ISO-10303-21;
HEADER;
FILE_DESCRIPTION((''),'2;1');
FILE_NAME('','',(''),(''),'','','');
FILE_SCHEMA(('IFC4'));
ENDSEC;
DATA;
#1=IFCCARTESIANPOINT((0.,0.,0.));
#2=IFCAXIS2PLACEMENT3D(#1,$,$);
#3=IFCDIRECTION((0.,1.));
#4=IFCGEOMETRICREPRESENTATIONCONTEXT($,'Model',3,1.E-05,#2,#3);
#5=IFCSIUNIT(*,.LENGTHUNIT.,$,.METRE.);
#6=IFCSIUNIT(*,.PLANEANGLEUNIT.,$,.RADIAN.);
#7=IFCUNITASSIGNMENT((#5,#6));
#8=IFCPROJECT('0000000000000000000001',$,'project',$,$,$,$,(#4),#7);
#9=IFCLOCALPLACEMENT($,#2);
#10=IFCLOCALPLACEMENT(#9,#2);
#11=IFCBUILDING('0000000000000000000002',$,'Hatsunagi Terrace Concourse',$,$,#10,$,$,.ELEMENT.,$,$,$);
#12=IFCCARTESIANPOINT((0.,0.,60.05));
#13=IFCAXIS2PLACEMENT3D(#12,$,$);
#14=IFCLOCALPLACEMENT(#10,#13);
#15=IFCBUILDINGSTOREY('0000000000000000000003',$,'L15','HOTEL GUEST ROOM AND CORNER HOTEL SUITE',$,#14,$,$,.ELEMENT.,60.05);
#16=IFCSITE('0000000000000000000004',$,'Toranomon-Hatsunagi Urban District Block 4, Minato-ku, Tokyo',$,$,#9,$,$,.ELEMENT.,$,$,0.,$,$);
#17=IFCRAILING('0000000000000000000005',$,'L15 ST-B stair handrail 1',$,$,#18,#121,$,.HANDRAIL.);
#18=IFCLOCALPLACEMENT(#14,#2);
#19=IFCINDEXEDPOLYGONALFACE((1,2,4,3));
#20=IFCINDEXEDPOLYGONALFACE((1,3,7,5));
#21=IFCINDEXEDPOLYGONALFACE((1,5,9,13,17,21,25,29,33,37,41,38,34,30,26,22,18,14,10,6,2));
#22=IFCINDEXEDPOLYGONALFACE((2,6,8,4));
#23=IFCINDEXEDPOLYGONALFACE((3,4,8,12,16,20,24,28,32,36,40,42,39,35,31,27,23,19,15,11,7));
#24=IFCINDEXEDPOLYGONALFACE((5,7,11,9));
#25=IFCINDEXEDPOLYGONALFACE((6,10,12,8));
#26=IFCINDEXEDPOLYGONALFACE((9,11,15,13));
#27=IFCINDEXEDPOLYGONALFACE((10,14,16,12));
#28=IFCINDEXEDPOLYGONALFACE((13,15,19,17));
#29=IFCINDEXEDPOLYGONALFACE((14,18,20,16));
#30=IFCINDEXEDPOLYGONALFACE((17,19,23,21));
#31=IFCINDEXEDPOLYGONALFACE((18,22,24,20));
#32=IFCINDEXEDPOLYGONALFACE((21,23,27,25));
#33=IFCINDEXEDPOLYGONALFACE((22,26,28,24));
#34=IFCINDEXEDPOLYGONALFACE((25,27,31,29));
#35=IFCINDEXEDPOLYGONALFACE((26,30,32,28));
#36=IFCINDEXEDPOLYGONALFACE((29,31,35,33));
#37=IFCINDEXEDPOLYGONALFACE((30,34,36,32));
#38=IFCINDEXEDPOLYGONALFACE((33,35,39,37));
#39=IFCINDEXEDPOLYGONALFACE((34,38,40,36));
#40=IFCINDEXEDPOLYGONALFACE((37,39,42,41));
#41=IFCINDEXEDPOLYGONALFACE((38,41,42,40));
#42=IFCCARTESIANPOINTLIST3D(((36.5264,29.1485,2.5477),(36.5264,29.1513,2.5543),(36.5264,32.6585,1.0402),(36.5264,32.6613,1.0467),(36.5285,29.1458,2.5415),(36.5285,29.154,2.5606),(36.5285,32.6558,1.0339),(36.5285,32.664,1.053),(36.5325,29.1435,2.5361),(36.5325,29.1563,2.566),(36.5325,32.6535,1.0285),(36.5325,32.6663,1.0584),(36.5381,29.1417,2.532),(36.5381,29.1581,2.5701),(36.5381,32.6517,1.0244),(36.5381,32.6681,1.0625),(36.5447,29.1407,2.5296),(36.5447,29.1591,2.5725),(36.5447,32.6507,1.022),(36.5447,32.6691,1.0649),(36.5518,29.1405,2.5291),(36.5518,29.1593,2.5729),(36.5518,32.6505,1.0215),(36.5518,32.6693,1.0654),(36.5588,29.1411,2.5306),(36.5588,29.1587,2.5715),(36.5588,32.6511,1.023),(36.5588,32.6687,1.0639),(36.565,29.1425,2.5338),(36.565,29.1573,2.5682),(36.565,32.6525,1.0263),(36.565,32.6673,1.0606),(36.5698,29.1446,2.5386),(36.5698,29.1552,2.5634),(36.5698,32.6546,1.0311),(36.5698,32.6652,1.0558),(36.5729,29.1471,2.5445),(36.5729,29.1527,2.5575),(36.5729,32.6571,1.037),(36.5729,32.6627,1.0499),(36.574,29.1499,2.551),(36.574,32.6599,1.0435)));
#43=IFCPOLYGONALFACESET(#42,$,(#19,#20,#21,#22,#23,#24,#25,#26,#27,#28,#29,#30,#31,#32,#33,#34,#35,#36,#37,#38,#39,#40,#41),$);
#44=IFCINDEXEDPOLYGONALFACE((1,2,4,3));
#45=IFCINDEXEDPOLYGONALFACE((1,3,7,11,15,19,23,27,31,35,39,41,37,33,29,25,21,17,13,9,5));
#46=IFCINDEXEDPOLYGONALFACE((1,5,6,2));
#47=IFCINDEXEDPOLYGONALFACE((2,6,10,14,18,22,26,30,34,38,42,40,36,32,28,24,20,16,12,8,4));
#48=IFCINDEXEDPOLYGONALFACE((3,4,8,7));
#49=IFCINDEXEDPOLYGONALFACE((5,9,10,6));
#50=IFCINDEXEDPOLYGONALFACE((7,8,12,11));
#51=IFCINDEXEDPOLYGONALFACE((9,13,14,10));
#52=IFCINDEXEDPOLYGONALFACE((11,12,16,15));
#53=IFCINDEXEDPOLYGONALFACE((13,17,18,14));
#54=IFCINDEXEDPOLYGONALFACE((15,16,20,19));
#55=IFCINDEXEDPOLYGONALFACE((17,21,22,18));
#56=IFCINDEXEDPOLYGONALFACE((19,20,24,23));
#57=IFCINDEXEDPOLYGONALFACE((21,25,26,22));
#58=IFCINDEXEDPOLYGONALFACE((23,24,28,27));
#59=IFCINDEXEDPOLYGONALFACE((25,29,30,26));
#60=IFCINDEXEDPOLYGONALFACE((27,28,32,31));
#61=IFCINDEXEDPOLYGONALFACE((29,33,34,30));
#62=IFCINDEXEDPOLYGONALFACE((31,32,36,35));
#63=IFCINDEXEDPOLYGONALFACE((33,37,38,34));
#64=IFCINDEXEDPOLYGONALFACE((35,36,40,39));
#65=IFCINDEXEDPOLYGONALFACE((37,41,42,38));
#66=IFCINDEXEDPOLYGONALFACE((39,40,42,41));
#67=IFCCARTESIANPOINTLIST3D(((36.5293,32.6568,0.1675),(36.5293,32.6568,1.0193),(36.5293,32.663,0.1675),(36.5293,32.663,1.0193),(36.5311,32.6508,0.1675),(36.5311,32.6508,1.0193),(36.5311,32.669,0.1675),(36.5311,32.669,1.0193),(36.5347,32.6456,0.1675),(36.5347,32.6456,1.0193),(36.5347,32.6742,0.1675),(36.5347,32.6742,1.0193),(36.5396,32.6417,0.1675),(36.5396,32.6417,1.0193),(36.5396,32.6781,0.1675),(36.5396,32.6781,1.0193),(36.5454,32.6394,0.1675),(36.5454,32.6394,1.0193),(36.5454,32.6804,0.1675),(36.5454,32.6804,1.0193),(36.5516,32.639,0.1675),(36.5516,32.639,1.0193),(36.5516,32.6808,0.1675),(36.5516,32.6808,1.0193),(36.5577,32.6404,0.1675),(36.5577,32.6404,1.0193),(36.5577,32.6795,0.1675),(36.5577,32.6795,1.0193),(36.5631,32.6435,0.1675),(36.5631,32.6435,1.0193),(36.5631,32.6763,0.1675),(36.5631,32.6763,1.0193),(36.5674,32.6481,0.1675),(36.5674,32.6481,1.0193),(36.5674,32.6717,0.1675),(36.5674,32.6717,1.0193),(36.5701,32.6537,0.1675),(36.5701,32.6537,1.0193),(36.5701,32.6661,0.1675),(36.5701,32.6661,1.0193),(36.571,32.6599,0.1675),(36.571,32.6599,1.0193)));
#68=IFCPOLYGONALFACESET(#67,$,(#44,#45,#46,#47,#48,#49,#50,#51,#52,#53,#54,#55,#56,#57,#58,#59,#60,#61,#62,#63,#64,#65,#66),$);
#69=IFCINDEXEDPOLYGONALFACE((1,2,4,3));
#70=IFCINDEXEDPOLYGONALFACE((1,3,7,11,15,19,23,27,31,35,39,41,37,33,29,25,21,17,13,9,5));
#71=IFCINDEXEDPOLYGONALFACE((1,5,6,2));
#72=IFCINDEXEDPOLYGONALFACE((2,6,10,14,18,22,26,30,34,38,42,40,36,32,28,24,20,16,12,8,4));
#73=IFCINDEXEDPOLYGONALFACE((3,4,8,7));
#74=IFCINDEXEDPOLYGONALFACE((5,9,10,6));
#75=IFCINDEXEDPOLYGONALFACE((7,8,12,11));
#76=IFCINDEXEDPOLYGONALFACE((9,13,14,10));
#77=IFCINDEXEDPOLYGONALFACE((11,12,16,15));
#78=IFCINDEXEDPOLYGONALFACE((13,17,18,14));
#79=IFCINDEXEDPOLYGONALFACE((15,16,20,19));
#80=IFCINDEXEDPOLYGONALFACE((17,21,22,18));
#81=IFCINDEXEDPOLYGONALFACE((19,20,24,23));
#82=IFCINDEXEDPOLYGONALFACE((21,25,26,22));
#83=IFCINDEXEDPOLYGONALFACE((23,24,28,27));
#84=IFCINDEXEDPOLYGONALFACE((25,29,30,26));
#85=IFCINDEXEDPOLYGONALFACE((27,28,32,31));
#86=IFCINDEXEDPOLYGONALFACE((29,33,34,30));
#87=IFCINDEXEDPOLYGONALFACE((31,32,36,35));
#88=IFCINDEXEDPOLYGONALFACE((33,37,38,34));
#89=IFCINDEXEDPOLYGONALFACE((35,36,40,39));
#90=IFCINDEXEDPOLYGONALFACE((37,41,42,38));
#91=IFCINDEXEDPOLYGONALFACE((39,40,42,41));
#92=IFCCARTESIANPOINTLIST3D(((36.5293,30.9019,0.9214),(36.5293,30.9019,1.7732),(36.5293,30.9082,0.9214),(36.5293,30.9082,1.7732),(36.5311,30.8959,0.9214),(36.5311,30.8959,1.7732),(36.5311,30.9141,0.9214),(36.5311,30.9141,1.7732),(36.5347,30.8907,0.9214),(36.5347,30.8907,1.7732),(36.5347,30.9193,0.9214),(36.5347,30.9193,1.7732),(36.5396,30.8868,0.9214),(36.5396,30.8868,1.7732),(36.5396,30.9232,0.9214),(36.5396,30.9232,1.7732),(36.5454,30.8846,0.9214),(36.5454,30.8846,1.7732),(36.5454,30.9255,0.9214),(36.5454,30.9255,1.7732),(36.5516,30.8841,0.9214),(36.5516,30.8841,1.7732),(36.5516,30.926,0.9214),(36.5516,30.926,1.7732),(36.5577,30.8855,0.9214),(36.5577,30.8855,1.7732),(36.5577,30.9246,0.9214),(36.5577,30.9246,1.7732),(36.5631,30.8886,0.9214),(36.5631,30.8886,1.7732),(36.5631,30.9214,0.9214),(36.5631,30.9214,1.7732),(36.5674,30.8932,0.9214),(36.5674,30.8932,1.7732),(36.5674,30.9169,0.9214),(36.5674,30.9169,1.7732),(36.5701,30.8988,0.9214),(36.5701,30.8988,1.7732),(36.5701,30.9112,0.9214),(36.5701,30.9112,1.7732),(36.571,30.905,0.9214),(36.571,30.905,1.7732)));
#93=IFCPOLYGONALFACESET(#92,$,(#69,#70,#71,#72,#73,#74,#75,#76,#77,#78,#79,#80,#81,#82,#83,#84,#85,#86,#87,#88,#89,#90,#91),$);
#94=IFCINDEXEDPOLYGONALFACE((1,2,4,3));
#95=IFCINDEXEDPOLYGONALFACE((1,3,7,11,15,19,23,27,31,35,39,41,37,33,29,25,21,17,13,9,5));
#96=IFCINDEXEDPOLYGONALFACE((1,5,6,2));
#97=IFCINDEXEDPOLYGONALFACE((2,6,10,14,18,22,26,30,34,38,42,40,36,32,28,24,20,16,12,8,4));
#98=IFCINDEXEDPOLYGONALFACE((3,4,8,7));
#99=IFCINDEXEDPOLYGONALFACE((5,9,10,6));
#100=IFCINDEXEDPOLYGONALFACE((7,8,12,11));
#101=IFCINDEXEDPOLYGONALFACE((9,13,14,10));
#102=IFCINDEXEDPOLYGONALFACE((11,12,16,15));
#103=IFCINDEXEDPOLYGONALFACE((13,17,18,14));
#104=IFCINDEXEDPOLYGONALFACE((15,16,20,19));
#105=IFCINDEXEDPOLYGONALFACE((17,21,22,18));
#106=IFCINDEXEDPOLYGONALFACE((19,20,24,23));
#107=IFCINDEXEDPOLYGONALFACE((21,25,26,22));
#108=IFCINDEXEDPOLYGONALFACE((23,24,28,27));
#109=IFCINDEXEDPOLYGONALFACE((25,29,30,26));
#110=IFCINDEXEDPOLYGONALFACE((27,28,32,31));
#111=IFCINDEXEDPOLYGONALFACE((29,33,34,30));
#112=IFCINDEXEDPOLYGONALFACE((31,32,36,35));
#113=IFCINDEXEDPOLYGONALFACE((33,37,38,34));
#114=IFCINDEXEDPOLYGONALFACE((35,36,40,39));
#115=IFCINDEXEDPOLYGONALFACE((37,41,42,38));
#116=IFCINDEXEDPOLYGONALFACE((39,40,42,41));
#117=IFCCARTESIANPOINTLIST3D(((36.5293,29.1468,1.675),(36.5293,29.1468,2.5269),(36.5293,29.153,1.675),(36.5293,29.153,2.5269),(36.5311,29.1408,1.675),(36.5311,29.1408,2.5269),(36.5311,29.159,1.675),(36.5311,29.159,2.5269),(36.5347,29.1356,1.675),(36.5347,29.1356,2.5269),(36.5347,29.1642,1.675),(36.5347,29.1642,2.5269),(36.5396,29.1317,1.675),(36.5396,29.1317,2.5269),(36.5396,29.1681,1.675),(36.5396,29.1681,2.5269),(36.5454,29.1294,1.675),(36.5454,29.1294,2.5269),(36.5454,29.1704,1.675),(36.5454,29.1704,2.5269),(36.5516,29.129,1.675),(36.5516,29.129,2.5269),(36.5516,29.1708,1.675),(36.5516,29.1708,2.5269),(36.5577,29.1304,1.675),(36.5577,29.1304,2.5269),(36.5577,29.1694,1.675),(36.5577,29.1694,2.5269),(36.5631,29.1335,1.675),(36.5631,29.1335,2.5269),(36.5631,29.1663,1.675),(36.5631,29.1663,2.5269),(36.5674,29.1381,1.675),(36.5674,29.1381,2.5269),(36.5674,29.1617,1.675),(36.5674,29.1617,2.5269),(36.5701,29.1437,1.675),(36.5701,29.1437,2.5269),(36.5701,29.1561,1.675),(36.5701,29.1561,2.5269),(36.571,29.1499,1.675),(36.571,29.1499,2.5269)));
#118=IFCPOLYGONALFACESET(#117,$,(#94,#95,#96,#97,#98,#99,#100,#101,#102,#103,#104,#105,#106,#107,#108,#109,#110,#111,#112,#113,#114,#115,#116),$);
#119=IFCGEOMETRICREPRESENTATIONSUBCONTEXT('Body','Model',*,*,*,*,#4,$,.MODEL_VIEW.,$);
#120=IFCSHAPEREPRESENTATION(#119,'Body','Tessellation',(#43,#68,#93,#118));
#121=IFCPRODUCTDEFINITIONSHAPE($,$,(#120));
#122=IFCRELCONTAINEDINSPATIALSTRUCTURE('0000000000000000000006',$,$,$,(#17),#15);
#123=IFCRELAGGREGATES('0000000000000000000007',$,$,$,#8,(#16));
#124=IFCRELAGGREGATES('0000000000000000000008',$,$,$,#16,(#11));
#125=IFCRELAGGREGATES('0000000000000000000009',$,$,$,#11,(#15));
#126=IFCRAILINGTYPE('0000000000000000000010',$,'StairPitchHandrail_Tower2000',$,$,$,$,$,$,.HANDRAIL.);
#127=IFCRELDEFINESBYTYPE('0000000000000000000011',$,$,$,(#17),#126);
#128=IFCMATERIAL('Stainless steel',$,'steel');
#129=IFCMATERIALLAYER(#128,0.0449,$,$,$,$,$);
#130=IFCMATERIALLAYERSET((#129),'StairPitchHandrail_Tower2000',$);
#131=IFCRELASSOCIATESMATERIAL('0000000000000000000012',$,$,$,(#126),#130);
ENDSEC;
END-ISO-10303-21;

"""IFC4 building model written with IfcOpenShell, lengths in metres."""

from ifc_helpers import new_model, si_unit, direction, frame, origin, origin_2d, place, context, subcontext, project, spatial, circle, extrude, material, layer, layer_set, type_object, element, save


model = new_model("IFC4")

# Units and contexts
model_context = context("Model", 3, precision=1e-05, world=origin(), true_north=direction((0.0, 1.0)))
body_context = subcontext(model_context, "Body", "Model", "MODEL_VIEW")
ifc_project = project(units=[si_unit("LENGTHUNIT", "METRE"), si_unit("PLANEANGLEUNIT", "RADIAN")], contexts=[model_context])

# Site, building, storey
site_placement = place(None, origin())
site = spatial("IfcSite", under=ifc_project, at=site_placement, Name="Toranomon-Hatsunagi Urban District Block 4, Minato-ku, Tokyo", CompositionType="ELEMENT", RefElevation=0.0)
building_placement = place(site_placement, origin())
building = spatial("IfcBuilding", under=site, at=building_placement, Name="Hatsunagi Terrace Concourse", CompositionType="ELEMENT")
storey_placement = place(building_placement, frame((0.0, 0.0, 60.05)))
storey = spatial("IfcBuildingStorey", under=building, at=storey_placement, Name="L15", Description="HOTEL GUEST ROOM AND CORNER HOTEL SUITE", CompositionType="ELEMENT", Elevation=60.05)

# Railing
ifc_material_1 = material(Name="Stainless steel", Category="steel")
ifc_layer_1 = layer(ifc_material_1, 0.0449)
ifc_layer_set_1 = layer_set([ifc_layer_1], Name="StairPitchHandrail_Tower2000")
railing_type_1 = type_object("IfcRailingType", Name="StairPitchHandrail_Tower2000", PredefinedType="HANDRAIL", material=ifc_layer_set_1)
railing_1_placement = place(storey_placement, frame((36.55, 32.6599, 0.1675)))
element("IfcRailing", 1, at=railing_1_placement, inside=storey, type_object=railing_type_1, Name="L15 ST-B stair handrail 1", PredefinedType="HANDRAIL", context=body_context, shape_type="SweptSolid", body=[
    extrude(circle(Radius=0.0239, at=origin_2d()), frame((0.0, 0.0, 0.876), z_axis=(0.0, -0.918834, 0.394644), x_axis=(1.0, 0.0, 0.0)), (0.0, 0.0, 1.0), 3.8201),
    extrude(circle(Radius=0.021, at=origin_2d()), origin(), (0.0, 0.0, 1.0), 0.8518),
    extrude(circle(Radius=0.021, at=origin_2d()), frame((0.0, -1.7549, 0.7539)), (0.0, 0.0, 1.0), 0.8518),
    extrude(circle(Radius=0.021, at=origin_2d()), frame((0.0, -3.51, 1.5076)), (0.0, 0.0, 1.0), 0.8518),
])

save(model, "model.ifc")
